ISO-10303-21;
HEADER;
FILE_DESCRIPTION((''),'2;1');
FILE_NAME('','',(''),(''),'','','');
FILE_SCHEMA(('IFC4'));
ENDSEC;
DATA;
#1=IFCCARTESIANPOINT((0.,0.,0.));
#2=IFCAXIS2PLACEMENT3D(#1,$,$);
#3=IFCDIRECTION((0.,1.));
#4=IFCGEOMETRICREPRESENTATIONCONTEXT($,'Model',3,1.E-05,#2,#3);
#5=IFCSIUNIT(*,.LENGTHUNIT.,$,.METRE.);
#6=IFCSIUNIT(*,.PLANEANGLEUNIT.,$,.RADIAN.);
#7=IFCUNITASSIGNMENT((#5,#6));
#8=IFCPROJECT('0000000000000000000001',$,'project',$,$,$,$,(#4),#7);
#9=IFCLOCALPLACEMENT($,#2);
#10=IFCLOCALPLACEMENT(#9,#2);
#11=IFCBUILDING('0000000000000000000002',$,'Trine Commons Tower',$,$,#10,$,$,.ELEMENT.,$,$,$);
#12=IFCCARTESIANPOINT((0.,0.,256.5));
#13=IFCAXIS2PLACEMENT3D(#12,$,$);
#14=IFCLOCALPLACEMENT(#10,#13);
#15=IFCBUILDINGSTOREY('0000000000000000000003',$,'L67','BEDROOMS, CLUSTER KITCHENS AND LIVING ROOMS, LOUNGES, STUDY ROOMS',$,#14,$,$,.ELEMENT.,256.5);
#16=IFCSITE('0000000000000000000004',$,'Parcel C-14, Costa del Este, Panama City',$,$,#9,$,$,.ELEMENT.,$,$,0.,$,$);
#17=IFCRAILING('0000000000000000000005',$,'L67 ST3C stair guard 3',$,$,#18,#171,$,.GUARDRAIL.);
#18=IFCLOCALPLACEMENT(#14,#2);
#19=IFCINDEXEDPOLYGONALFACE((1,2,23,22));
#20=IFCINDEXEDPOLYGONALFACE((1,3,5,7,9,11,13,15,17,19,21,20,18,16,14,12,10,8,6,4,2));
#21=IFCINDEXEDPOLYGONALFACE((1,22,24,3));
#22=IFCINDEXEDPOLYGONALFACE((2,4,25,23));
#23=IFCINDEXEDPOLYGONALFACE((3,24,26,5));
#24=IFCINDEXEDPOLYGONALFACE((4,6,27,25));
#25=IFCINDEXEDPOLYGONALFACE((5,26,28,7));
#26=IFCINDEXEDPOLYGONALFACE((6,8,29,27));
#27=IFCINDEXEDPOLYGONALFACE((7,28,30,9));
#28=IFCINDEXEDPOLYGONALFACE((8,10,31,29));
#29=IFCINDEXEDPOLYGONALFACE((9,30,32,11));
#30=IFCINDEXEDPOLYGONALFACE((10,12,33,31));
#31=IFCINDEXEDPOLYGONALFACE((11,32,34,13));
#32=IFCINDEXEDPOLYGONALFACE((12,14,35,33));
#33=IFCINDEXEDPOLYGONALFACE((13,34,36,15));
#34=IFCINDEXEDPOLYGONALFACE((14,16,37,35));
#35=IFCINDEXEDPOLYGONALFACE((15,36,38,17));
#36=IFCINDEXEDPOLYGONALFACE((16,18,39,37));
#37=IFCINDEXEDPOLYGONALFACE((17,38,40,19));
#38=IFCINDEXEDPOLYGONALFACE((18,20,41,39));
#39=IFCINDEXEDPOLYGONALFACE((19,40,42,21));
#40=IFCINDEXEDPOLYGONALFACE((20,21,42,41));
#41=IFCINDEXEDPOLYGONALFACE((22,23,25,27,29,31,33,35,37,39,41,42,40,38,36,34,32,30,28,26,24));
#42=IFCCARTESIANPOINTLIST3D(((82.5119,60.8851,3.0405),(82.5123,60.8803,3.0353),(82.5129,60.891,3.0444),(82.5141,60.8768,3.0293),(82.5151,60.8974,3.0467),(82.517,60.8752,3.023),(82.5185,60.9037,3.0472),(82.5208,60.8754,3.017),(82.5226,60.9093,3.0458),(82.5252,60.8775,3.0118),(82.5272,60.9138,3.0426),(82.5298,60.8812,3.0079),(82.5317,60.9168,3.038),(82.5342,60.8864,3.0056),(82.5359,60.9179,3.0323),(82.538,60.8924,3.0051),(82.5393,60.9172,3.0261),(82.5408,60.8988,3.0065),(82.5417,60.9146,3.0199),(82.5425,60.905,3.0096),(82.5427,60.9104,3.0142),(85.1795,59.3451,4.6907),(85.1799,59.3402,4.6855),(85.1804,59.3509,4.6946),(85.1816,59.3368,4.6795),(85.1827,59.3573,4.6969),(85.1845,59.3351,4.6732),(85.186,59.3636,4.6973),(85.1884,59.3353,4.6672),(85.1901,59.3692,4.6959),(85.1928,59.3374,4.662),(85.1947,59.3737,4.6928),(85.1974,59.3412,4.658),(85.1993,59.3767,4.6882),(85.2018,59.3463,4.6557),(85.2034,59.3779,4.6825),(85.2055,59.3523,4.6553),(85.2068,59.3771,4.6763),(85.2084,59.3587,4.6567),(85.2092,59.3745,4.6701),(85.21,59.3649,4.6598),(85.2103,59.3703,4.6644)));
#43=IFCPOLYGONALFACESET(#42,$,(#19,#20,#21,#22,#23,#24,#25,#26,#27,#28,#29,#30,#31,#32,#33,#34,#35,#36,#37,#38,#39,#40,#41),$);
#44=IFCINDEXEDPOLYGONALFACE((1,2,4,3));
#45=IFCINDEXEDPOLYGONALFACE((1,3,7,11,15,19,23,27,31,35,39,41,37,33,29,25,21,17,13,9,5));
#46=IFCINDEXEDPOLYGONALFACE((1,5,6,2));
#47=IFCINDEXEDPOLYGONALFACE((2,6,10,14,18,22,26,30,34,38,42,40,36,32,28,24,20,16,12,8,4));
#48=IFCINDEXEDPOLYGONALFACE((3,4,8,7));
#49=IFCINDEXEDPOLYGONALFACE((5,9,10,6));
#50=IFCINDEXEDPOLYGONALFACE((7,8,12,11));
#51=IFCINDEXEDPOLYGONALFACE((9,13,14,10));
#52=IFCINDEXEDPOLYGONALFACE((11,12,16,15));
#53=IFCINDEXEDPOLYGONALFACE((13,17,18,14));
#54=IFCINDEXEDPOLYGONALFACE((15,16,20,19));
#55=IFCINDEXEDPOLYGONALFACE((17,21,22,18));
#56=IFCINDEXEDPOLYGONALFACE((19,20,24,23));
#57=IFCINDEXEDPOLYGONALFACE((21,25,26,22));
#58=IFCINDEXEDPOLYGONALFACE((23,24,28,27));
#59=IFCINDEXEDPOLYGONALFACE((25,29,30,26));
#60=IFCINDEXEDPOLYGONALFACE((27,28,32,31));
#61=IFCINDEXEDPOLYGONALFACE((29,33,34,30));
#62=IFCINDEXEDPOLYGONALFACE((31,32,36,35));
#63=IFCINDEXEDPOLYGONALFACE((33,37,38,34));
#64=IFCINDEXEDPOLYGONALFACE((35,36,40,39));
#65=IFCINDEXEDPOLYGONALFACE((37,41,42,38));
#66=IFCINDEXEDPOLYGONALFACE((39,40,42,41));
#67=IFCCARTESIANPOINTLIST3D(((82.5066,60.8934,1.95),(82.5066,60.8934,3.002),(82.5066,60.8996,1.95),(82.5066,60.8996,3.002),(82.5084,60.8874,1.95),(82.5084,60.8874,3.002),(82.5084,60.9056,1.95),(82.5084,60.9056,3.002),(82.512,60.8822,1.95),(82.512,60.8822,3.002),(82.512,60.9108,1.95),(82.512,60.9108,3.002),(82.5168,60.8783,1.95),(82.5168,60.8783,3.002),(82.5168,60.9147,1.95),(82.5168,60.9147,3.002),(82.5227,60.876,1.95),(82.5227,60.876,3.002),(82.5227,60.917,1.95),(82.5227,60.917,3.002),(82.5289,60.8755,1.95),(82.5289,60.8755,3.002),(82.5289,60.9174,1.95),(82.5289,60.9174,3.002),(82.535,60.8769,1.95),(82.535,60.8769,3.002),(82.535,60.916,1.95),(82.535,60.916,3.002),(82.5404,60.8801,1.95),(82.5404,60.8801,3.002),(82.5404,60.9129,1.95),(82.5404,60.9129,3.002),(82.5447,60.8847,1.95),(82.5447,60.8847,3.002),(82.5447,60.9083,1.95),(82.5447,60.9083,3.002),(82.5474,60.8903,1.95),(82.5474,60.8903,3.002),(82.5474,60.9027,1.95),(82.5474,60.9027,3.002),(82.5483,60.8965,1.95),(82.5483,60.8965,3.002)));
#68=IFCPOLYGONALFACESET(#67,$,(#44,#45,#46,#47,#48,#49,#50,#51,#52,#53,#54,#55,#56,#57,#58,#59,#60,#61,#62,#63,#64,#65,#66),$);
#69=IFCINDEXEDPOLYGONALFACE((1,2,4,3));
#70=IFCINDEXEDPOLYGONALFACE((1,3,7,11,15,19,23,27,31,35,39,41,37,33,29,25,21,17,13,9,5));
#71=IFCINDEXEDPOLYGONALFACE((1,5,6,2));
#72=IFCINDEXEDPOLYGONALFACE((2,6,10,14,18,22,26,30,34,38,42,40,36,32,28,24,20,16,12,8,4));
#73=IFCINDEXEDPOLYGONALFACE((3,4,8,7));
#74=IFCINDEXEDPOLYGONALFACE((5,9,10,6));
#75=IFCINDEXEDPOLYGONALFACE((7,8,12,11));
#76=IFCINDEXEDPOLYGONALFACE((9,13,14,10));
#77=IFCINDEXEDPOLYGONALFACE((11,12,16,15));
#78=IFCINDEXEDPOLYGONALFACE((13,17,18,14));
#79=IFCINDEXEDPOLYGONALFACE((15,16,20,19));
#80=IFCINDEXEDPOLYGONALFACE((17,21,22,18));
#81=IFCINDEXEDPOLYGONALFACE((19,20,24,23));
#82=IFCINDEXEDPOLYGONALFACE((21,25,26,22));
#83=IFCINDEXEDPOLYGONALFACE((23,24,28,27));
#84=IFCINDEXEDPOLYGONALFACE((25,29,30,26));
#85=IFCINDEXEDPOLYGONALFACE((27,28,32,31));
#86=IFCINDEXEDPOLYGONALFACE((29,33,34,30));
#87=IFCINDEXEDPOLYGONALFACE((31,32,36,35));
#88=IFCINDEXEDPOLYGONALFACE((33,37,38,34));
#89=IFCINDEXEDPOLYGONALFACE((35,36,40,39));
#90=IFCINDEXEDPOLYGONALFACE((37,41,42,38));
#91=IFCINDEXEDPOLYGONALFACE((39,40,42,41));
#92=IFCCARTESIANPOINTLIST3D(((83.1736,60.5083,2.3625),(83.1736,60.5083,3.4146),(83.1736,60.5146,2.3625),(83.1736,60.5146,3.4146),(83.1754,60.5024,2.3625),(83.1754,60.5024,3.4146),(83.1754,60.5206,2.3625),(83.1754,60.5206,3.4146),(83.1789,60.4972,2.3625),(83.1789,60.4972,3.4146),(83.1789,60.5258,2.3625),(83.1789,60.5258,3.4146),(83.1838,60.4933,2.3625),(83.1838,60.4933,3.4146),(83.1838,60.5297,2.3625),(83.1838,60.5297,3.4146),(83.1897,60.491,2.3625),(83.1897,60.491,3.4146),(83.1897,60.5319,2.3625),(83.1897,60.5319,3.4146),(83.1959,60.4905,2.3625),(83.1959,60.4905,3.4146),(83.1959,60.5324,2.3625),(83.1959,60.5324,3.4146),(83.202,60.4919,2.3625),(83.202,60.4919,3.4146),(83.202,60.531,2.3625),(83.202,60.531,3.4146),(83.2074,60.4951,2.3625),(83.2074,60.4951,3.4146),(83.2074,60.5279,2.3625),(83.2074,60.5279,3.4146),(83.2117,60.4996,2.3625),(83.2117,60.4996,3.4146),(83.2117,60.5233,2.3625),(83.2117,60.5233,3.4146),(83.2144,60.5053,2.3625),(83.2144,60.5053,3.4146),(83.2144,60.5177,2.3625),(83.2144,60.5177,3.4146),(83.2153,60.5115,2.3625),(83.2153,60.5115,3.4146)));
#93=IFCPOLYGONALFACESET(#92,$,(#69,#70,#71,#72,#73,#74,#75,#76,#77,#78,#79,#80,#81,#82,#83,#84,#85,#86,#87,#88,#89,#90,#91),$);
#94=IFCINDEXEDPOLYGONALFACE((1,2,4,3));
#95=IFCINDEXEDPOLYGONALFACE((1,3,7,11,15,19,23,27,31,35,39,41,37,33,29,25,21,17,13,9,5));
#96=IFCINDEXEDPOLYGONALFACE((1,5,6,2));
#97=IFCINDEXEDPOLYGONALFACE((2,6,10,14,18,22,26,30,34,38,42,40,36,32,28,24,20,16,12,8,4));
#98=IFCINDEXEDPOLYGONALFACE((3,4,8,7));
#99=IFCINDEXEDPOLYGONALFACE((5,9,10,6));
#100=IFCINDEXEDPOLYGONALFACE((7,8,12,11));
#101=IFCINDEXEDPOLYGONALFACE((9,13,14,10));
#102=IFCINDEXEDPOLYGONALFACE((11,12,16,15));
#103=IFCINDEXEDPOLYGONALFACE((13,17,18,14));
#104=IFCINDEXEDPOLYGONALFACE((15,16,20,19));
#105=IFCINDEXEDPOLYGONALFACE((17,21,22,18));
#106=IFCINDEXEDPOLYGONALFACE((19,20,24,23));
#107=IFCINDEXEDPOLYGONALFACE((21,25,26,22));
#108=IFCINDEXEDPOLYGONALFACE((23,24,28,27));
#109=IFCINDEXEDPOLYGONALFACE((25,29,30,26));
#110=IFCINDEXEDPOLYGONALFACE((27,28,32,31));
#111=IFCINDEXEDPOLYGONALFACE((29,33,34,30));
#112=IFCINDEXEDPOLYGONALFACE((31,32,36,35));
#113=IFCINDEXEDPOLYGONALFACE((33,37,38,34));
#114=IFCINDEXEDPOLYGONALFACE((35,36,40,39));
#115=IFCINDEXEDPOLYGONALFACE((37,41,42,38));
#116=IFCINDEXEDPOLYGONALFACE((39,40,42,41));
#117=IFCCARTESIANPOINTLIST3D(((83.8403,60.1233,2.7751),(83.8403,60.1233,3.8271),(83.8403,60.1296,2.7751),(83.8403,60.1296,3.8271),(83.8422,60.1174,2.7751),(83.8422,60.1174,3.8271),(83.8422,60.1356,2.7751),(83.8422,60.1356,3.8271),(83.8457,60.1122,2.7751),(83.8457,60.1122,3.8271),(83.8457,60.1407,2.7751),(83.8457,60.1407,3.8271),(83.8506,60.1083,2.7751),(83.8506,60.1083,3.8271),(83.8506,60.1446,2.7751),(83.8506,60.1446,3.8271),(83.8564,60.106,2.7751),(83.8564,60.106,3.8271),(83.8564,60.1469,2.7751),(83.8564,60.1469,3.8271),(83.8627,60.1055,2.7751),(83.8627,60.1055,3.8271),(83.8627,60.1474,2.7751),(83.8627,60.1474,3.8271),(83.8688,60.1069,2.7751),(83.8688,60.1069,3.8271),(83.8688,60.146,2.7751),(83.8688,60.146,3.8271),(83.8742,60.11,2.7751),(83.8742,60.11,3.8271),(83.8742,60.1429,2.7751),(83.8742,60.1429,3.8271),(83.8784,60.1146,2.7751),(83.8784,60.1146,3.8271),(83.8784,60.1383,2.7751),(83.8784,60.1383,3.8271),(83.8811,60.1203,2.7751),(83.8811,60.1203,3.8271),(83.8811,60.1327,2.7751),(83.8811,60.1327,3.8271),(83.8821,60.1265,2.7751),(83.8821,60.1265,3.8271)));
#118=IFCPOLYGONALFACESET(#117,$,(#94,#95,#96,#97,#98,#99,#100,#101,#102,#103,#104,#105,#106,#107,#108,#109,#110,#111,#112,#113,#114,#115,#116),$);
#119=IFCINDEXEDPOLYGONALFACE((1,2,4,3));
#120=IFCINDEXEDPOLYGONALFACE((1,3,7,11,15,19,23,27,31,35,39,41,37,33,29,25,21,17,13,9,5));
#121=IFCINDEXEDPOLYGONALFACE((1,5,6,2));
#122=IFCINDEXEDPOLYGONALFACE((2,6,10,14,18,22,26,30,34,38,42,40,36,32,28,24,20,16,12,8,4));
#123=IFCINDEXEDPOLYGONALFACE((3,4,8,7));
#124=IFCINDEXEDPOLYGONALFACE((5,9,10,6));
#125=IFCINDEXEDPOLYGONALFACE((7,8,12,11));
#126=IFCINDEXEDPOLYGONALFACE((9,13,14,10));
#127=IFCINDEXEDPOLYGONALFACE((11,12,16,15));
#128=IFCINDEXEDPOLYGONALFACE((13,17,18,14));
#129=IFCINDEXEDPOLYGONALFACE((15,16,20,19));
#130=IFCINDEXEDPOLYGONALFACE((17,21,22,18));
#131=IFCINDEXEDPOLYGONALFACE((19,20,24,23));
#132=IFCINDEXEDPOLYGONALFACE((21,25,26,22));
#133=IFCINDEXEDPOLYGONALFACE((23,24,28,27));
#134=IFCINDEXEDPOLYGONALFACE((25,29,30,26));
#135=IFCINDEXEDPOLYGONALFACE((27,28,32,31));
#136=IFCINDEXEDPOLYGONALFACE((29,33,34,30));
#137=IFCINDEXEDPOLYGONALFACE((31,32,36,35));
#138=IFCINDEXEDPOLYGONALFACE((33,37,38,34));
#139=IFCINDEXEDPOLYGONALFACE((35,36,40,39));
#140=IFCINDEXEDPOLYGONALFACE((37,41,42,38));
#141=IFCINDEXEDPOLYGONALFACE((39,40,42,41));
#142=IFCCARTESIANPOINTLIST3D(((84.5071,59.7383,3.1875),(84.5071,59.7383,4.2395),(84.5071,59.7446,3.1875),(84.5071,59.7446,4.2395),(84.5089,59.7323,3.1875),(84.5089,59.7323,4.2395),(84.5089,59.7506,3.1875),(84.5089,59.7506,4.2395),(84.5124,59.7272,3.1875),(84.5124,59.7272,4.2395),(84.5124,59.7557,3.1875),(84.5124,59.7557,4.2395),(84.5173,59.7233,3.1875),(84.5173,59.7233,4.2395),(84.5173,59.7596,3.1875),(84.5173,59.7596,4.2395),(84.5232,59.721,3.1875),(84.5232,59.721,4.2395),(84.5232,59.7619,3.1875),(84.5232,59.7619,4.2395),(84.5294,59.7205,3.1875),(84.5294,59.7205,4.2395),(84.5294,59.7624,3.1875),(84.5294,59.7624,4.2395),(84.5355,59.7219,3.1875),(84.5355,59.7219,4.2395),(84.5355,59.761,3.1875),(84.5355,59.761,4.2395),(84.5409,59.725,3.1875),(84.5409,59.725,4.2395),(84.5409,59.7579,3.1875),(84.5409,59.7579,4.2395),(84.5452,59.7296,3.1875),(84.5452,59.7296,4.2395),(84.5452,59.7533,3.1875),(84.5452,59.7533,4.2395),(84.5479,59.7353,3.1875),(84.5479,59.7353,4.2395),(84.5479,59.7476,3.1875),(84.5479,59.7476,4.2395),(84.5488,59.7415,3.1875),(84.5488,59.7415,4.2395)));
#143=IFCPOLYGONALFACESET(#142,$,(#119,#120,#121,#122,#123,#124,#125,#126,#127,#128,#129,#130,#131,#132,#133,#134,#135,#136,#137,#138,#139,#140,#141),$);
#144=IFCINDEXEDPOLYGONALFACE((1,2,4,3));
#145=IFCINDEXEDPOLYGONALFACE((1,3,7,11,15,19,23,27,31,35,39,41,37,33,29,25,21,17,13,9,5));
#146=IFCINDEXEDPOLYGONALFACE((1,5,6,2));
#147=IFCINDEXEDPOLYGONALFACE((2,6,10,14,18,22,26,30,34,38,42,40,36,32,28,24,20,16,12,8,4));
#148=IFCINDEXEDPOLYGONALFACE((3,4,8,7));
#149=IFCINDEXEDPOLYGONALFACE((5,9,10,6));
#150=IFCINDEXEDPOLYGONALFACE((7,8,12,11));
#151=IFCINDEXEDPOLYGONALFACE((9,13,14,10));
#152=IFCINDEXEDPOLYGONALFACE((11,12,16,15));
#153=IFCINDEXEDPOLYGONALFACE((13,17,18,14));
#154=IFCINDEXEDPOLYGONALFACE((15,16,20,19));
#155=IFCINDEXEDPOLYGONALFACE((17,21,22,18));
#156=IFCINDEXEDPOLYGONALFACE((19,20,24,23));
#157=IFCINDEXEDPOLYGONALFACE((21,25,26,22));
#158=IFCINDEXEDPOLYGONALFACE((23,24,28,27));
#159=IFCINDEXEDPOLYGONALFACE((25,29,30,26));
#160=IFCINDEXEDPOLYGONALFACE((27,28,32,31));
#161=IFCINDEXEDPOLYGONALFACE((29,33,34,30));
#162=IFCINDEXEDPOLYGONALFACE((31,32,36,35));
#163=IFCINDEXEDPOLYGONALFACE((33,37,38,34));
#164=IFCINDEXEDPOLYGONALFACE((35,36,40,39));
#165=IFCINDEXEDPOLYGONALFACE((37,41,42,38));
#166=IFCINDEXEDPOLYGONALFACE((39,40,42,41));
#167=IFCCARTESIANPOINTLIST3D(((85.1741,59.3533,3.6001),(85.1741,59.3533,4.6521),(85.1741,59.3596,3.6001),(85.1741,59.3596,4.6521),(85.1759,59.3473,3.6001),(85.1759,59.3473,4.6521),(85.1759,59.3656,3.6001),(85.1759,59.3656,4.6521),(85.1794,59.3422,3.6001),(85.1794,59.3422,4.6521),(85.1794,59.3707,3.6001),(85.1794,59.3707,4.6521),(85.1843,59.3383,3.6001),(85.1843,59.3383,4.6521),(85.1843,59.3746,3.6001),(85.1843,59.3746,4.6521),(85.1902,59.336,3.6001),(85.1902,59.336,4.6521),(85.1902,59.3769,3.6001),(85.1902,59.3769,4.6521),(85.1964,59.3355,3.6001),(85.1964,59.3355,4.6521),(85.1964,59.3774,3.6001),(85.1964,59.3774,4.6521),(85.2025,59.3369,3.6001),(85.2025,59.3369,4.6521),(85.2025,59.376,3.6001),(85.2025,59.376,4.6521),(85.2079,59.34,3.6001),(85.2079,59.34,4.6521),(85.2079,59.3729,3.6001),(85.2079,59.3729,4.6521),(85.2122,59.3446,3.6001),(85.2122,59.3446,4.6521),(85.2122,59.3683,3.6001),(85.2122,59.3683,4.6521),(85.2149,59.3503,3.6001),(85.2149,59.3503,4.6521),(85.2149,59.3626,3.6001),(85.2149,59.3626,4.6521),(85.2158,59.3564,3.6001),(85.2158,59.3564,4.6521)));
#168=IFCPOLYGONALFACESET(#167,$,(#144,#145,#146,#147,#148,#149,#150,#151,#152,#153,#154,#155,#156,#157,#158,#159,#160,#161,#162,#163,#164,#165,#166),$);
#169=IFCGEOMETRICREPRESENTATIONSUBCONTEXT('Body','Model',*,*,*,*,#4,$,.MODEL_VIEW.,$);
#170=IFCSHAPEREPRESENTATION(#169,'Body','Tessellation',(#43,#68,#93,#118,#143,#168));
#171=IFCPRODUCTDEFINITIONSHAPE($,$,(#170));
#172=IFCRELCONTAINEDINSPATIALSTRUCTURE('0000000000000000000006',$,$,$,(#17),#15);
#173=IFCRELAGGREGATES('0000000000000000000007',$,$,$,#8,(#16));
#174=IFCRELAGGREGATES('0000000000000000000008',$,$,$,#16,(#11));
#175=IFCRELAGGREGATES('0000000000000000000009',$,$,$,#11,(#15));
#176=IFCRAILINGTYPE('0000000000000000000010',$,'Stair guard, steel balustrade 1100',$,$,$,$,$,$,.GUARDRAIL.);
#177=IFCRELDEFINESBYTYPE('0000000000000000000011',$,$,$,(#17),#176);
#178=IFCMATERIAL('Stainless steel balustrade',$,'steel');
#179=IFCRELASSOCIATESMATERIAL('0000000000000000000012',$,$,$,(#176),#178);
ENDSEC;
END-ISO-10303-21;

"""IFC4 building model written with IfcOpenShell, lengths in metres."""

from ifc_helpers import new_model, si_unit, direction, frame, origin, origin_2d, place, context, subcontext, project, spatial, circle, extrude, material, type_object, element, save


model = new_model("IFC4")

# Units and contexts
model_context = context("Model", 3, precision=1e-05, world=origin(), true_north=direction((0.0, 1.0)))
body_context = subcontext(model_context, "Body", "Model", "MODEL_VIEW")
ifc_project = project(units=[si_unit("LENGTHUNIT", "METRE"), si_unit("PLANEANGLEUNIT", "RADIAN")], contexts=[model_context])

# Site, building, storey
site_placement = place(None, origin())
site = spatial("IfcSite", under=ifc_project, at=site_placement, Name="Parcel C-14, Costa del Este, Panama City", CompositionType="ELEMENT", RefElevation=0.0)
building_placement = place(site_placement, origin())
building = spatial("IfcBuilding", under=site, at=building_placement, Name="Trine Commons Tower", CompositionType="ELEMENT")
storey_placement = place(building_placement, frame((0.0, 0.0, 256.5)))
storey = spatial("IfcBuildingStorey", under=building, at=storey_placement, Name="L67", Description="BEDROOMS, CLUSTER KITCHENS AND LIVING ROOMS, LOUNGES, STUDY ROOMS", CompositionType="ELEMENT", Elevation=256.5)

# Railing
ifc_material_1 = material(Name="Stainless steel balustrade", Category="steel")
railing_type_1 = type_object("IfcRailingType", Name="Stair guard, steel balustrade 1100", PredefinedType="GUARDRAIL", material=ifc_material_1)
railing_1_placement = place(storey_placement, frame((82.5273, 60.8965, 1.95)))
element("IfcRailing", 1, at=railing_1_placement, inside=storey, type_object=railing_type_1, Name="L67 ST3C stair guard 3", PredefinedType="GUARDRAIL", context=body_context, shape_type="SweptSolid", body=[
    extrude(circle(Radius=0.0239, at=origin_2d()), frame((0.0, 0.0, 1.0762), z_axis=(0.76338, -0.440728, 0.472239), x_axis=(0.499992, 0.86603, 0.0)), (0.0, 0.0, 1.0), 3.4944),
    extrude(circle(Radius=0.021, at=origin_2d()), origin(), (0.0, 0.0, 1.0), 1.052),
    extrude(circle(Radius=0.021, at=origin_2d()), frame((0.667, -0.385, 0.4126)), (0.0, 0.0, 1.0), 1.052),
    extrude(circle(Radius=0.021, at=origin_2d()), frame((1.3337, -0.77, 0.8252)), (0.0, 0.0, 1.0), 1.052),
    extrude(circle(Radius=0.021, at=origin_2d()), frame((2.0005, -1.155, 1.2375)), (0.0, 0.0, 1.0), 1.052),
    extrude(circle(Radius=0.021, at=origin_2d()), frame((2.6675, -1.54, 1.6501)), (0.0, 0.0, 1.0), 1.052),
])

save(model, "model.ifc")
